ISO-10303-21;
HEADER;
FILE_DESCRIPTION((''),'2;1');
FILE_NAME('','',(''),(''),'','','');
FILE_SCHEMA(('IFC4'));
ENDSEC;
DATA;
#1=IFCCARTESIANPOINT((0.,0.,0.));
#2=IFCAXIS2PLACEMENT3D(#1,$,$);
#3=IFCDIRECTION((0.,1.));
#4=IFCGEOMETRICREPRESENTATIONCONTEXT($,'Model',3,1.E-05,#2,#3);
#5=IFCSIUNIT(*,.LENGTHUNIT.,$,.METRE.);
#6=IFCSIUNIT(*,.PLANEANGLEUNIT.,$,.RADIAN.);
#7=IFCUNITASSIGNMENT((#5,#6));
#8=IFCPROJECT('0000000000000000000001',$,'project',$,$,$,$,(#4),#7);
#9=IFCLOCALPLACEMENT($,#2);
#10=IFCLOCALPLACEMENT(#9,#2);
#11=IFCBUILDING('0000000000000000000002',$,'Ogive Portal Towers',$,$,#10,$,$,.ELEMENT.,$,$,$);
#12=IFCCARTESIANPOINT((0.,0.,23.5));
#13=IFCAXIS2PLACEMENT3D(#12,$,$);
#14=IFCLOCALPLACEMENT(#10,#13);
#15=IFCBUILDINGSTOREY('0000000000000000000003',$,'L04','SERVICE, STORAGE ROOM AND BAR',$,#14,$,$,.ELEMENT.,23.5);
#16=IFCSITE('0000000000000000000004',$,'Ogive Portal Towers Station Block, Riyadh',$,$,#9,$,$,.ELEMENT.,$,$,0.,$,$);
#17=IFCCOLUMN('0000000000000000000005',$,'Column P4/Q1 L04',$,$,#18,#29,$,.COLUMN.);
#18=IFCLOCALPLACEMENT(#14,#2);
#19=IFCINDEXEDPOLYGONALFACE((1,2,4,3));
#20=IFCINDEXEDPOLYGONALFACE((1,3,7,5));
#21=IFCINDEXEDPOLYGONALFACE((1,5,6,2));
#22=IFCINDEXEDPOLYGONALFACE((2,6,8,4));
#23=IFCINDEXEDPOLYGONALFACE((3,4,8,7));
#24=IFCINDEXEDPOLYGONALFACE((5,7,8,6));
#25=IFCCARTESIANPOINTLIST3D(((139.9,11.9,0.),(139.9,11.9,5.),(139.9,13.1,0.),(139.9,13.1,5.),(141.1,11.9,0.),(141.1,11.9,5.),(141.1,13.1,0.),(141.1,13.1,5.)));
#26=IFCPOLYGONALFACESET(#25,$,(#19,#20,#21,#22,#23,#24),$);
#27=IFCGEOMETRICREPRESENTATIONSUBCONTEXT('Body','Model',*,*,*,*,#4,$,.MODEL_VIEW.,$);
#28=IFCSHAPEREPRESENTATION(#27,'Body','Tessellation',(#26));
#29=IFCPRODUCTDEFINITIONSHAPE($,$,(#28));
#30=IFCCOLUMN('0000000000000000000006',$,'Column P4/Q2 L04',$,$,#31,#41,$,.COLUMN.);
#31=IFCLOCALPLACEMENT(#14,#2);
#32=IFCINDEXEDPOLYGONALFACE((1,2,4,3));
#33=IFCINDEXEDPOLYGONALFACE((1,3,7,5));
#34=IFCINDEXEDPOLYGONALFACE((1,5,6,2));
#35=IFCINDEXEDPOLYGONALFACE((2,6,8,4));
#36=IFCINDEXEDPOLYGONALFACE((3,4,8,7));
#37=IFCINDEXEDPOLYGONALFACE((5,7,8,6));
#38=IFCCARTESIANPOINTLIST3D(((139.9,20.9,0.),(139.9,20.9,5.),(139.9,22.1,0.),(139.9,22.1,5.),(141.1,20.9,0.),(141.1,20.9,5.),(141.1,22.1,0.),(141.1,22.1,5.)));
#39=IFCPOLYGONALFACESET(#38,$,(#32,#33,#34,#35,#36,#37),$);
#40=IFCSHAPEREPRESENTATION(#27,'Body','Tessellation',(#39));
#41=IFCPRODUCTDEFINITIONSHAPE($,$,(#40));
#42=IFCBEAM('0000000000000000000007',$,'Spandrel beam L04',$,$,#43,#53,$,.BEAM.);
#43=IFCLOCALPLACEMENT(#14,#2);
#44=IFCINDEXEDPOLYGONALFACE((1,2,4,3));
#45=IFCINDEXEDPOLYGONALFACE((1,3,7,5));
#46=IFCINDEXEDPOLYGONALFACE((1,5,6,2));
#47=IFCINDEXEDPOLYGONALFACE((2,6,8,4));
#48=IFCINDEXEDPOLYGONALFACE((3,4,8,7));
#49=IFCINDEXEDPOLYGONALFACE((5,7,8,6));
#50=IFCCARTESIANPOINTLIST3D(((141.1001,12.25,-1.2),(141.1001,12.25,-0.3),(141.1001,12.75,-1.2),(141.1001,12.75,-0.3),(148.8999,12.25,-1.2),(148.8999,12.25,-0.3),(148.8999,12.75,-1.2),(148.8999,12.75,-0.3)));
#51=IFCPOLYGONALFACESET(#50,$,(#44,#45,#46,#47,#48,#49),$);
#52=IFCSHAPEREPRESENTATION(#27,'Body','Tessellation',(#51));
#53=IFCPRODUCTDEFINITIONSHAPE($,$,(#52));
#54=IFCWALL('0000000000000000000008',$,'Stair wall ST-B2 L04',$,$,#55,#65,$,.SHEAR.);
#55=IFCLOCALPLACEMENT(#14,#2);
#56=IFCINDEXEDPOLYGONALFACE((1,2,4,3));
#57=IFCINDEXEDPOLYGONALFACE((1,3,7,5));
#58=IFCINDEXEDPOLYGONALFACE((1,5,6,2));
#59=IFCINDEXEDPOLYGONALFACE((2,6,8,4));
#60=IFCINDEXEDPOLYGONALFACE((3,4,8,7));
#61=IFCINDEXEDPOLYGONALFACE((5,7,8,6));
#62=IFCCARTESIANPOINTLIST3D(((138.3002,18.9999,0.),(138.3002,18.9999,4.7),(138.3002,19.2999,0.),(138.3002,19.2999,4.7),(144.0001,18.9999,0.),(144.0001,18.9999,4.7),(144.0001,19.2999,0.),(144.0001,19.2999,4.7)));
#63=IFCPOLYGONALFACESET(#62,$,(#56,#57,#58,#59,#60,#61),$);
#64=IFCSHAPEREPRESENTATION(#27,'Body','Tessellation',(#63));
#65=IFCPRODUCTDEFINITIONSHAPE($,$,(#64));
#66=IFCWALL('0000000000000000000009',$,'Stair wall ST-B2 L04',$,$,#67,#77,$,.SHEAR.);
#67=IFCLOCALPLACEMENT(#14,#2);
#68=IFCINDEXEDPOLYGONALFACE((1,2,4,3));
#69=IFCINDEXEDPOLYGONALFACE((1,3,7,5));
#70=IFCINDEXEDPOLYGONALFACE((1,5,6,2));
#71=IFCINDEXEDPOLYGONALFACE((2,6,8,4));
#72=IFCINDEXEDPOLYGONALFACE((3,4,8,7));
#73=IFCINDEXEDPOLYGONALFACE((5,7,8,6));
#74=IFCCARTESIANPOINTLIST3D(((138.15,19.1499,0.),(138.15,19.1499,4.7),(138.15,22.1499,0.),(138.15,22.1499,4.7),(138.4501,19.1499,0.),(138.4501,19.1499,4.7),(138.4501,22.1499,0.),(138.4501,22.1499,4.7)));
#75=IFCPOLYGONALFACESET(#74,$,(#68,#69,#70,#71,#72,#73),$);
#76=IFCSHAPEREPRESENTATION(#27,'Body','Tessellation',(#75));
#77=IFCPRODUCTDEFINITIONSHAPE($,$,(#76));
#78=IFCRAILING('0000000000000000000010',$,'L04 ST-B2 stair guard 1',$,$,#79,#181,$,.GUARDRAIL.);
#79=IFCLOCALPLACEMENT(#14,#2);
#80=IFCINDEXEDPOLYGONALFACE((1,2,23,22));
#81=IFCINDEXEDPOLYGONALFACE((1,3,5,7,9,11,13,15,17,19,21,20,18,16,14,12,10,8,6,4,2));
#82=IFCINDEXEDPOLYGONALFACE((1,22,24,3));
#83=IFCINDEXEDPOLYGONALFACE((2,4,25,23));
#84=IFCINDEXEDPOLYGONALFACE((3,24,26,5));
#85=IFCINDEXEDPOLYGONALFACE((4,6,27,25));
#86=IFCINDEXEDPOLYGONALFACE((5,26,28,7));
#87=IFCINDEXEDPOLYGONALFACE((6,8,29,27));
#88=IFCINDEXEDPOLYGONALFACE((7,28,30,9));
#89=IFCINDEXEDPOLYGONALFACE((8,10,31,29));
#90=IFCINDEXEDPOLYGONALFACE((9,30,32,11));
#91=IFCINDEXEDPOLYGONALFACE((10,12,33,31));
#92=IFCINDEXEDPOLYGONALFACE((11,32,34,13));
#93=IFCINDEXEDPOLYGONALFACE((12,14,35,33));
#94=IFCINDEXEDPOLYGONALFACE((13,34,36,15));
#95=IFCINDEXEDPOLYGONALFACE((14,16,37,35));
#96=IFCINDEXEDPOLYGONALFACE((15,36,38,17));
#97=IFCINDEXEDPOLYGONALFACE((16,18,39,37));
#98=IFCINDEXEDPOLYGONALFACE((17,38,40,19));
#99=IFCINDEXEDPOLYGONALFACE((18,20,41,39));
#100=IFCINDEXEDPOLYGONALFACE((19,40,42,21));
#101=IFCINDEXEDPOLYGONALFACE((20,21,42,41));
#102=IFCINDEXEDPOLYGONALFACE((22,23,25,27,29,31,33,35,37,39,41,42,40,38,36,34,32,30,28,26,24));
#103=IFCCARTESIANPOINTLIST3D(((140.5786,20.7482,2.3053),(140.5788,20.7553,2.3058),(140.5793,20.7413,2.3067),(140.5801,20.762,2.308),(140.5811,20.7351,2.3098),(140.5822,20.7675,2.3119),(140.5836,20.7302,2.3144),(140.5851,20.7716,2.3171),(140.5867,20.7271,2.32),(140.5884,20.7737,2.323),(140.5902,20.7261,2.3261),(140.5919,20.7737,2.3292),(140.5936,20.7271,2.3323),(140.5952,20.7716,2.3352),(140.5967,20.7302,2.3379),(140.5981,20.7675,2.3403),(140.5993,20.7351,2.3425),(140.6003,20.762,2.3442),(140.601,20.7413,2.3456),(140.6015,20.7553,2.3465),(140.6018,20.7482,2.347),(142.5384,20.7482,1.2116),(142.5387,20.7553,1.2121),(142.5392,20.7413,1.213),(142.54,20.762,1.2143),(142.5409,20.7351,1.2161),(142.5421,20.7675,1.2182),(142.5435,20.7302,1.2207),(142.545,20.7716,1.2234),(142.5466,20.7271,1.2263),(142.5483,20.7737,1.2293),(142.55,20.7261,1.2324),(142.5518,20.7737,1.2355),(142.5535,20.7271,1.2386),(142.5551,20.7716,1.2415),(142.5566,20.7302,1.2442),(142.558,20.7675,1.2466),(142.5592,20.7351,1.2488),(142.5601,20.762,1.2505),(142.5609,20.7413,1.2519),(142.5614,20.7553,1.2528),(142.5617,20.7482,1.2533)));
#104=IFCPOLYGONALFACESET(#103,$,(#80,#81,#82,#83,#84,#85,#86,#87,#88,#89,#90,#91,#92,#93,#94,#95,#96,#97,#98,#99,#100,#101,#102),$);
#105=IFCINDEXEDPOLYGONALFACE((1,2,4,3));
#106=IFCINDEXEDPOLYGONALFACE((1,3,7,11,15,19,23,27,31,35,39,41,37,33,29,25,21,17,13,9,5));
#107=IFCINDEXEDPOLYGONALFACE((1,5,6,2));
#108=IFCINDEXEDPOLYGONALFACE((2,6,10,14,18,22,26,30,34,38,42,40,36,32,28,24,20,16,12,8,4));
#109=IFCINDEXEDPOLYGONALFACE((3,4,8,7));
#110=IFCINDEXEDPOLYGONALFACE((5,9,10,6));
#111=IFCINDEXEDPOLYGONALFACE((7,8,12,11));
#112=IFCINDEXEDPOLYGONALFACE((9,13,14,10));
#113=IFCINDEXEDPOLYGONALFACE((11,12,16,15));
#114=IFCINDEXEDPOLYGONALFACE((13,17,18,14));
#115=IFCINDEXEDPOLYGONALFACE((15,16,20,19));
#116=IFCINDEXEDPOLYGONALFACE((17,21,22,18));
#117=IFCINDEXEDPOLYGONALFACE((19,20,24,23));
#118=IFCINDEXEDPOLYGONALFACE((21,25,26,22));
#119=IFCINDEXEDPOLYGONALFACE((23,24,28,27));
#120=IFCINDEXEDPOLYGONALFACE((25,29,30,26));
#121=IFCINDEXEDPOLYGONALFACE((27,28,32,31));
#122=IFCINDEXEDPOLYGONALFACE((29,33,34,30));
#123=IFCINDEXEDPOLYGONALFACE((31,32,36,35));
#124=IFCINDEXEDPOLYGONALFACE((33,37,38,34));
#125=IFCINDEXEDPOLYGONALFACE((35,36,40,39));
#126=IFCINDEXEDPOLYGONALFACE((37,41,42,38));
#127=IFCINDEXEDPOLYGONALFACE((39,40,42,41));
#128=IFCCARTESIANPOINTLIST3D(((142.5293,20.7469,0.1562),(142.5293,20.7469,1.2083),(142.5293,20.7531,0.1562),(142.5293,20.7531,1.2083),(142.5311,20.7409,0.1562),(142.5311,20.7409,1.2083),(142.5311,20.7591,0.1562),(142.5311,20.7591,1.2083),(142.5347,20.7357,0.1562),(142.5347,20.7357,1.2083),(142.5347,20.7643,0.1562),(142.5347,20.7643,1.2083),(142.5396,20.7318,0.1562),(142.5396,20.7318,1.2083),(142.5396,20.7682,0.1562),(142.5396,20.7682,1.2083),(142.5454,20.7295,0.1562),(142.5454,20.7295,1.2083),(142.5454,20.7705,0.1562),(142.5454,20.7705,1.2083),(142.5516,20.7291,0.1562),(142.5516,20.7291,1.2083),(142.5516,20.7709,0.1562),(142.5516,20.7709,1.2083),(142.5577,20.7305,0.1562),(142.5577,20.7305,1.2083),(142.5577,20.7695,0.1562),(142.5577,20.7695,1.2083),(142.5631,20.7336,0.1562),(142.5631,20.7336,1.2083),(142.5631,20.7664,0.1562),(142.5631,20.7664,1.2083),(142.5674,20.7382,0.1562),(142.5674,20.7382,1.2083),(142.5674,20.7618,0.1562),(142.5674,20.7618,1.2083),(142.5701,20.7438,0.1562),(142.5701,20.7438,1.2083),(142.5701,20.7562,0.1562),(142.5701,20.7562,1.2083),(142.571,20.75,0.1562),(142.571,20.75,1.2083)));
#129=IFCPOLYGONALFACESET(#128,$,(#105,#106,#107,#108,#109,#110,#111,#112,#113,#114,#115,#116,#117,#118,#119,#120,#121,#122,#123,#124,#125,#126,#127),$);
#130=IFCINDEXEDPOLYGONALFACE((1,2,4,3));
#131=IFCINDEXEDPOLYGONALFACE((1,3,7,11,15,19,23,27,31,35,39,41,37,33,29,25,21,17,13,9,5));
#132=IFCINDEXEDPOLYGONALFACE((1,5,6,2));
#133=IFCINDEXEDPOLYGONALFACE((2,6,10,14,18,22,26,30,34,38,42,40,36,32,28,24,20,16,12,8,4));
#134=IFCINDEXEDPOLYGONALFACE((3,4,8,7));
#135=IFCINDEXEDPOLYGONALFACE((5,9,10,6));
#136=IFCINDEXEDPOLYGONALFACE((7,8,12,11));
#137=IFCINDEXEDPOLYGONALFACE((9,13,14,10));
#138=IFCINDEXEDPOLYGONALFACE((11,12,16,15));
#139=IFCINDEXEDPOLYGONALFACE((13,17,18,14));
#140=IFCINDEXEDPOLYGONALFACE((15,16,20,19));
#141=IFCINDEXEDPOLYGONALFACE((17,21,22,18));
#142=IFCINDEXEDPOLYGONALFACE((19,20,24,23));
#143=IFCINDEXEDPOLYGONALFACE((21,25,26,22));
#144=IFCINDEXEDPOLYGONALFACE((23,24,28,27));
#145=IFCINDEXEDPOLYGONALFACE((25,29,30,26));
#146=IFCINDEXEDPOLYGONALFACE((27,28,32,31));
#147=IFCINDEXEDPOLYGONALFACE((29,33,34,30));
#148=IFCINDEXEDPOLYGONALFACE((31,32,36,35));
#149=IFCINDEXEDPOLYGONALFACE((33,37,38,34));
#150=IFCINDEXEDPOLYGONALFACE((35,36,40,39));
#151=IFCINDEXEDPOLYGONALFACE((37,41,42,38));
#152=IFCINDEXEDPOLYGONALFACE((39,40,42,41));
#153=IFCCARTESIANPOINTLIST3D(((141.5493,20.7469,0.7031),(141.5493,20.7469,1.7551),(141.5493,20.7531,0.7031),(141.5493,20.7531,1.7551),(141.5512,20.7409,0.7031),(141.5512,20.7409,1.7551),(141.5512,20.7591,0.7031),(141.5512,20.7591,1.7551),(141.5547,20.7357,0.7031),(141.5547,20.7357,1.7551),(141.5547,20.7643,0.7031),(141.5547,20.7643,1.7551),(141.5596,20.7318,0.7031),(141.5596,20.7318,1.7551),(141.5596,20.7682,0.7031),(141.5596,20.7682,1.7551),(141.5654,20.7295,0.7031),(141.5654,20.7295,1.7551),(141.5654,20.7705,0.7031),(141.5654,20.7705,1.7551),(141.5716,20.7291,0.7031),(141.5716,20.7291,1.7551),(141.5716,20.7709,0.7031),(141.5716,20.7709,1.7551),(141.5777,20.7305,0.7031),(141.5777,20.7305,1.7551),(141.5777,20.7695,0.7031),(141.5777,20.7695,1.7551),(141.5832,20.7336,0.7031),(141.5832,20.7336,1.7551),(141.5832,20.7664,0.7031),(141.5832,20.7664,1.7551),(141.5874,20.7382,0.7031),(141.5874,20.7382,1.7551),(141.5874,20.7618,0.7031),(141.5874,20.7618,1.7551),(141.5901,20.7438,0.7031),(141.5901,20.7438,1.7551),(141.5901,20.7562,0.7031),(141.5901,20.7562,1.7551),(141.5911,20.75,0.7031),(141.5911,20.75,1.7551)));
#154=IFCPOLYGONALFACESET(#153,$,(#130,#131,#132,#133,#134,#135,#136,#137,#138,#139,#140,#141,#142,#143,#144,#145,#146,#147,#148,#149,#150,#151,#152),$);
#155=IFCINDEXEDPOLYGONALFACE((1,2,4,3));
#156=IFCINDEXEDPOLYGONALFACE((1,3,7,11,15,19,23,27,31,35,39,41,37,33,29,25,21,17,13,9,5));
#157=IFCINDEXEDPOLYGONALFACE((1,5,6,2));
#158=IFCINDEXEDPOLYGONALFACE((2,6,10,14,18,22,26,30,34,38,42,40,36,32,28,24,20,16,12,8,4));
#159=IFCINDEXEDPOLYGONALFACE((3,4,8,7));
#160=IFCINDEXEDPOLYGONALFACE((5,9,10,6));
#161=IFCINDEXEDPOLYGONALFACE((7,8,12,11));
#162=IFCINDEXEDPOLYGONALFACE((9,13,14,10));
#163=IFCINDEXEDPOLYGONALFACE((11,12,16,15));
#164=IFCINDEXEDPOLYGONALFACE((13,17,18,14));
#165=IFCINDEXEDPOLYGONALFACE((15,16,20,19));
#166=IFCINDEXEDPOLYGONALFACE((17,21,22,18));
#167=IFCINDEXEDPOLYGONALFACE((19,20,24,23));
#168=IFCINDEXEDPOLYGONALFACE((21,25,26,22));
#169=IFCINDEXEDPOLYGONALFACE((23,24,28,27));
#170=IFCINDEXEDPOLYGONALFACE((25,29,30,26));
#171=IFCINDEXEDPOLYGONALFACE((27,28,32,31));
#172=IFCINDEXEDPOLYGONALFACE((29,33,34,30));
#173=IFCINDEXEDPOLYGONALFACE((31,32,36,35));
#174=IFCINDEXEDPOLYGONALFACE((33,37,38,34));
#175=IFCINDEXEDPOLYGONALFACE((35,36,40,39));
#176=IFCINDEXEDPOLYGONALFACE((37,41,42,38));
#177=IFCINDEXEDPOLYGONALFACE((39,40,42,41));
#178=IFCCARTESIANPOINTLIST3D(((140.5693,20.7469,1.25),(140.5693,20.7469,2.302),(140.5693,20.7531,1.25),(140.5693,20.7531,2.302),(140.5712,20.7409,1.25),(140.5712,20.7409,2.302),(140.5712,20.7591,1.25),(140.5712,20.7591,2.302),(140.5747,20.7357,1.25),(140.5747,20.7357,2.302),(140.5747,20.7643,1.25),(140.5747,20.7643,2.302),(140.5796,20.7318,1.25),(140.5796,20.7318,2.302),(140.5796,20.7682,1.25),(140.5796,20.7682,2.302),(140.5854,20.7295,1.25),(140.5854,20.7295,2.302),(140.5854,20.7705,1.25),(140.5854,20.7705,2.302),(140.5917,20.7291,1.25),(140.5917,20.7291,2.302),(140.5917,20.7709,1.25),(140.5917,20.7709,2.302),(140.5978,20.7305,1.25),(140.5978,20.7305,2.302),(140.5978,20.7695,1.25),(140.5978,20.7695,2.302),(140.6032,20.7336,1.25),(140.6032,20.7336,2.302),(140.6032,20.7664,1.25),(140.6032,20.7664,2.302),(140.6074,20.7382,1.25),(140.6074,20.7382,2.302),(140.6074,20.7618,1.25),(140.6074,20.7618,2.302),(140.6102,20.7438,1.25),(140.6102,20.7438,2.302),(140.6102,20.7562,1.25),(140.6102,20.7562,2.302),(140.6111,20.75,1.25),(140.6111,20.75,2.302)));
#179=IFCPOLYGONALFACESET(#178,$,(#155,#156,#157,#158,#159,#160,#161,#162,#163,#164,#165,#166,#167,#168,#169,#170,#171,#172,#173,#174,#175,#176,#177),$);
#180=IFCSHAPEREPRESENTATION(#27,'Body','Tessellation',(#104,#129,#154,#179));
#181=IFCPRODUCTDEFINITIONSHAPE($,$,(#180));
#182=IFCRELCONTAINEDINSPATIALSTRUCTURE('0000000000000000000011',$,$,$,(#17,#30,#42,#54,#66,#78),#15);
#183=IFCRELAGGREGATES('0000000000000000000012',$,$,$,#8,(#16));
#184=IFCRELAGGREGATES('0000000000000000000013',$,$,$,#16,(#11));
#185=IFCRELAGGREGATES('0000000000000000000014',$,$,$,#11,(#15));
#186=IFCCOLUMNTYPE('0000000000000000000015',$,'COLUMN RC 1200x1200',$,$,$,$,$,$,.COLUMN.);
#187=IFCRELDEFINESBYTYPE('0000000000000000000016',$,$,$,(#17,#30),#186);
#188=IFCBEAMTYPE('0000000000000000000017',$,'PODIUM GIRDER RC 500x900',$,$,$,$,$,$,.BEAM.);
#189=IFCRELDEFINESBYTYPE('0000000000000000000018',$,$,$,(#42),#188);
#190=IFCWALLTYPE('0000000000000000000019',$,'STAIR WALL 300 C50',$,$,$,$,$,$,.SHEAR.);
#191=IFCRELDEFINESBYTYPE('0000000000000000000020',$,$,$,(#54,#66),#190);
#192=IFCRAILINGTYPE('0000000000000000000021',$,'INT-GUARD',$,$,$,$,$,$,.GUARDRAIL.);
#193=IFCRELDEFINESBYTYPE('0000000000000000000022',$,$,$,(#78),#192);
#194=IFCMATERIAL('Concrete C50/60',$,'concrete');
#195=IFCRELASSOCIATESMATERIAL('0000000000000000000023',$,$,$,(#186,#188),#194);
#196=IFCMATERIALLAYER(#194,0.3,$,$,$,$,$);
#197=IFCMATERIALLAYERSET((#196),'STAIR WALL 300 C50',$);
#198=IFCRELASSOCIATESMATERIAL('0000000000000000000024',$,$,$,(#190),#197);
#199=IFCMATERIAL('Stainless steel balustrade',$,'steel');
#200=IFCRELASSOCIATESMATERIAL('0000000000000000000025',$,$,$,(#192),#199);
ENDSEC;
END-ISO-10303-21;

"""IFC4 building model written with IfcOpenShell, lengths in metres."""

from ifc_helpers import new_model, si_unit, direction, frame, frame_2d, origin, origin_2d, place, context, subcontext, project, spatial, rectangle, circle, extrude, material, layer, layer_set, material_profile, profile_set, type_object, element, save


model = new_model("IFC4")

# Units and contexts
model_context = context("Model", 3, precision=1e-05, world=origin(), true_north=direction((0.0, 1.0)))
body_context = subcontext(model_context, "Body", "Model", "MODEL_VIEW")
ifc_project = project(units=[si_unit("LENGTHUNIT", "METRE"), si_unit("PLANEANGLEUNIT", "RADIAN")], contexts=[model_context])

# Site, building, storey
site_placement = place(None, origin())
site = spatial("IfcSite", under=ifc_project, at=site_placement, Name="Ogive Portal Towers Station Block, Riyadh", CompositionType="ELEMENT", RefElevation=0.0)
building_placement = place(site_placement, origin())
building = spatial("IfcBuilding", under=site, at=building_placement, Name="Ogive Portal Towers", CompositionType="ELEMENT")
storey_placement = place(building_placement, frame((0.0, 0.0, 23.5)))
storey = spatial("IfcBuildingStorey", under=building, at=storey_placement, Name="L04", Description="SERVICE, STORAGE ROOM AND BAR", CompositionType="ELEMENT", Elevation=23.5)

# Columns
ifc_material_1 = material(Name="Concrete C50/60", Category="concrete")
ifc_material_profile_1 = material_profile(ifc_material_1, rectangle(XDim=1.2, YDim=1.2, at=origin_2d()), Name="RC 1200x1200")
ifc_profile_set_1 = profile_set([ifc_material_profile_1], Name="Concrete C50/60")
column_type = type_object("IfcColumnType", Name="COLUMN RC 1200x1200", PredefinedType="COLUMN", material=ifc_profile_set_1)
for number, where, z_axis, x_axis, name in (
    (1, (140.5, 12.5, 0.0), (0.0, 0.0, 1.0), (1.0, 0.0, 0.0), "Column P4/Q1 L04"),
    (2, (140.5, 21.5, 0.0), (0.0, 0.0, 1.0), (1.0, 0.0, 0.0), "Column P4/Q2 L04"),
):
    element("IfcColumn", number, at=place(storey_placement, frame(where, z_axis=z_axis, x_axis=x_axis)), inside=storey, type_object=column_type, Name=name, PredefinedType="COLUMN", context=body_context, shape_type="SweptSolid", body=[
        extrude(rectangle(XDim=1.2, YDim=1.2, at=origin_2d()), origin(), (0.0, 0.0, 1.0), 5.0),
    ])

# Beam
ifc_material_profile_2 = material_profile(ifc_material_1, rectangle(XDim=0.5, YDim=0.8999, at=origin_2d()), Name="RC 500x900")
ifc_profile_set_2 = profile_set([ifc_material_profile_2], Name="Concrete C50/60")
beam_type = type_object("IfcBeamType", Name="PODIUM GIRDER RC 500x900", PredefinedType="BEAM", material=ifc_profile_set_2)
beam_placement = place(storey_placement, frame((141.1001, 12.5, -0.75), z_axis=(1.0, 0.0, 0.0), x_axis=(0.0, 1.0, 0.0)))
element("IfcBeam", 3, at=beam_placement, inside=storey, type_object=beam_type, Name="Spandrel beam L04", PredefinedType="BEAM", context=body_context, shape_type="SweptSolid", body=[
    extrude(rectangle(XDim=0.5, YDim=0.8999, at=origin_2d()), origin(), (0.0, 0.0, 1.0), 7.7998),
])

# Walls
ifc_layer_1 = layer(ifc_material_1, 0.3)
ifc_layer_set_1 = layer_set([ifc_layer_1], Name="STAIR WALL 300 C50")
wall_type = type_object("IfcWallType", Name="STAIR WALL 300 C50", PredefinedType="SHEAR", material=ifc_layer_set_1)
wall_1_placement = place(storey_placement, frame((138.3, 19.1499, 0.0), z_axis=(0.0, 0.0, 1.0), x_axis=(1.0, 0.0, 0.0)))
element("IfcWall", 4, at=wall_1_placement, inside=storey, type_object=wall_type, Name="Stair wall ST-B2 L04", PredefinedType="SHEAR", context=body_context, shape_type="SweptSolid", body=[
    extrude(rectangle(XDim=5.7, YDim=0.3, at=frame_2d((2.8501, 0.0))), origin(), (0.0, 0.0, 1.0), 4.7),
])
wall_2_placement = place(storey_placement, frame((138.3, 19.1499, 0.0), z_axis=(0.0, 0.0, 1.0), x_axis=(0.0, 1.0, 0.0)))
element("IfcWall", 5, at=wall_2_placement, inside=storey, type_object=wall_type, Name="Stair wall ST-B2 L04", PredefinedType="SHEAR", context=body_context, shape_type="SweptSolid", body=[
    extrude(rectangle(XDim=3.0, YDim=0.3, at=frame_2d((1.5, 0.0))), origin(), (0.0, 0.0, 1.0), 4.7),
])

# Railing
ifc_material_2 = material(Name="Stainless steel balustrade", Category="steel")
railing_type_1 = type_object("IfcRailingType", Name="INT-GUARD", PredefinedType="GUARDRAIL", material=ifc_material_2)
railing_1_placement = place(storey_placement, frame((142.55, 20.75, 0.1562)))
element("IfcRailing", 6, at=railing_1_placement, inside=storey, type_object=railing_type_1, Name="L04 ST-B2 stair guard 1", PredefinedType="GUARDRAIL", context=body_context, shape_type="SweptSolid", body=[
    extrude(circle(Radius=0.0239, at=origin_2d()), frame((0.0, 0.0, 1.0762), z_axis=(-0.873232, 0.0, 0.487304), x_axis=(0.0, -1.0, 0.0)), (0.0, 0.0, 1.0), 2.2444),
    extrude(circle(Radius=0.021, at=origin_2d()), origin(), (0.0, 0.0, 1.0), 1.052),
    extrude(circle(Radius=0.021, at=origin_2d()), frame((-0.98, 0.0, 0.5469)), (0.0, 0.0, 1.0), 1.052),
    extrude(circle(Radius=0.021, at=origin_2d()), frame((-1.96, 0.0, 1.0938)), (0.0, 0.0, 1.0), 1.052),
])

save(model, "model.ifc")
